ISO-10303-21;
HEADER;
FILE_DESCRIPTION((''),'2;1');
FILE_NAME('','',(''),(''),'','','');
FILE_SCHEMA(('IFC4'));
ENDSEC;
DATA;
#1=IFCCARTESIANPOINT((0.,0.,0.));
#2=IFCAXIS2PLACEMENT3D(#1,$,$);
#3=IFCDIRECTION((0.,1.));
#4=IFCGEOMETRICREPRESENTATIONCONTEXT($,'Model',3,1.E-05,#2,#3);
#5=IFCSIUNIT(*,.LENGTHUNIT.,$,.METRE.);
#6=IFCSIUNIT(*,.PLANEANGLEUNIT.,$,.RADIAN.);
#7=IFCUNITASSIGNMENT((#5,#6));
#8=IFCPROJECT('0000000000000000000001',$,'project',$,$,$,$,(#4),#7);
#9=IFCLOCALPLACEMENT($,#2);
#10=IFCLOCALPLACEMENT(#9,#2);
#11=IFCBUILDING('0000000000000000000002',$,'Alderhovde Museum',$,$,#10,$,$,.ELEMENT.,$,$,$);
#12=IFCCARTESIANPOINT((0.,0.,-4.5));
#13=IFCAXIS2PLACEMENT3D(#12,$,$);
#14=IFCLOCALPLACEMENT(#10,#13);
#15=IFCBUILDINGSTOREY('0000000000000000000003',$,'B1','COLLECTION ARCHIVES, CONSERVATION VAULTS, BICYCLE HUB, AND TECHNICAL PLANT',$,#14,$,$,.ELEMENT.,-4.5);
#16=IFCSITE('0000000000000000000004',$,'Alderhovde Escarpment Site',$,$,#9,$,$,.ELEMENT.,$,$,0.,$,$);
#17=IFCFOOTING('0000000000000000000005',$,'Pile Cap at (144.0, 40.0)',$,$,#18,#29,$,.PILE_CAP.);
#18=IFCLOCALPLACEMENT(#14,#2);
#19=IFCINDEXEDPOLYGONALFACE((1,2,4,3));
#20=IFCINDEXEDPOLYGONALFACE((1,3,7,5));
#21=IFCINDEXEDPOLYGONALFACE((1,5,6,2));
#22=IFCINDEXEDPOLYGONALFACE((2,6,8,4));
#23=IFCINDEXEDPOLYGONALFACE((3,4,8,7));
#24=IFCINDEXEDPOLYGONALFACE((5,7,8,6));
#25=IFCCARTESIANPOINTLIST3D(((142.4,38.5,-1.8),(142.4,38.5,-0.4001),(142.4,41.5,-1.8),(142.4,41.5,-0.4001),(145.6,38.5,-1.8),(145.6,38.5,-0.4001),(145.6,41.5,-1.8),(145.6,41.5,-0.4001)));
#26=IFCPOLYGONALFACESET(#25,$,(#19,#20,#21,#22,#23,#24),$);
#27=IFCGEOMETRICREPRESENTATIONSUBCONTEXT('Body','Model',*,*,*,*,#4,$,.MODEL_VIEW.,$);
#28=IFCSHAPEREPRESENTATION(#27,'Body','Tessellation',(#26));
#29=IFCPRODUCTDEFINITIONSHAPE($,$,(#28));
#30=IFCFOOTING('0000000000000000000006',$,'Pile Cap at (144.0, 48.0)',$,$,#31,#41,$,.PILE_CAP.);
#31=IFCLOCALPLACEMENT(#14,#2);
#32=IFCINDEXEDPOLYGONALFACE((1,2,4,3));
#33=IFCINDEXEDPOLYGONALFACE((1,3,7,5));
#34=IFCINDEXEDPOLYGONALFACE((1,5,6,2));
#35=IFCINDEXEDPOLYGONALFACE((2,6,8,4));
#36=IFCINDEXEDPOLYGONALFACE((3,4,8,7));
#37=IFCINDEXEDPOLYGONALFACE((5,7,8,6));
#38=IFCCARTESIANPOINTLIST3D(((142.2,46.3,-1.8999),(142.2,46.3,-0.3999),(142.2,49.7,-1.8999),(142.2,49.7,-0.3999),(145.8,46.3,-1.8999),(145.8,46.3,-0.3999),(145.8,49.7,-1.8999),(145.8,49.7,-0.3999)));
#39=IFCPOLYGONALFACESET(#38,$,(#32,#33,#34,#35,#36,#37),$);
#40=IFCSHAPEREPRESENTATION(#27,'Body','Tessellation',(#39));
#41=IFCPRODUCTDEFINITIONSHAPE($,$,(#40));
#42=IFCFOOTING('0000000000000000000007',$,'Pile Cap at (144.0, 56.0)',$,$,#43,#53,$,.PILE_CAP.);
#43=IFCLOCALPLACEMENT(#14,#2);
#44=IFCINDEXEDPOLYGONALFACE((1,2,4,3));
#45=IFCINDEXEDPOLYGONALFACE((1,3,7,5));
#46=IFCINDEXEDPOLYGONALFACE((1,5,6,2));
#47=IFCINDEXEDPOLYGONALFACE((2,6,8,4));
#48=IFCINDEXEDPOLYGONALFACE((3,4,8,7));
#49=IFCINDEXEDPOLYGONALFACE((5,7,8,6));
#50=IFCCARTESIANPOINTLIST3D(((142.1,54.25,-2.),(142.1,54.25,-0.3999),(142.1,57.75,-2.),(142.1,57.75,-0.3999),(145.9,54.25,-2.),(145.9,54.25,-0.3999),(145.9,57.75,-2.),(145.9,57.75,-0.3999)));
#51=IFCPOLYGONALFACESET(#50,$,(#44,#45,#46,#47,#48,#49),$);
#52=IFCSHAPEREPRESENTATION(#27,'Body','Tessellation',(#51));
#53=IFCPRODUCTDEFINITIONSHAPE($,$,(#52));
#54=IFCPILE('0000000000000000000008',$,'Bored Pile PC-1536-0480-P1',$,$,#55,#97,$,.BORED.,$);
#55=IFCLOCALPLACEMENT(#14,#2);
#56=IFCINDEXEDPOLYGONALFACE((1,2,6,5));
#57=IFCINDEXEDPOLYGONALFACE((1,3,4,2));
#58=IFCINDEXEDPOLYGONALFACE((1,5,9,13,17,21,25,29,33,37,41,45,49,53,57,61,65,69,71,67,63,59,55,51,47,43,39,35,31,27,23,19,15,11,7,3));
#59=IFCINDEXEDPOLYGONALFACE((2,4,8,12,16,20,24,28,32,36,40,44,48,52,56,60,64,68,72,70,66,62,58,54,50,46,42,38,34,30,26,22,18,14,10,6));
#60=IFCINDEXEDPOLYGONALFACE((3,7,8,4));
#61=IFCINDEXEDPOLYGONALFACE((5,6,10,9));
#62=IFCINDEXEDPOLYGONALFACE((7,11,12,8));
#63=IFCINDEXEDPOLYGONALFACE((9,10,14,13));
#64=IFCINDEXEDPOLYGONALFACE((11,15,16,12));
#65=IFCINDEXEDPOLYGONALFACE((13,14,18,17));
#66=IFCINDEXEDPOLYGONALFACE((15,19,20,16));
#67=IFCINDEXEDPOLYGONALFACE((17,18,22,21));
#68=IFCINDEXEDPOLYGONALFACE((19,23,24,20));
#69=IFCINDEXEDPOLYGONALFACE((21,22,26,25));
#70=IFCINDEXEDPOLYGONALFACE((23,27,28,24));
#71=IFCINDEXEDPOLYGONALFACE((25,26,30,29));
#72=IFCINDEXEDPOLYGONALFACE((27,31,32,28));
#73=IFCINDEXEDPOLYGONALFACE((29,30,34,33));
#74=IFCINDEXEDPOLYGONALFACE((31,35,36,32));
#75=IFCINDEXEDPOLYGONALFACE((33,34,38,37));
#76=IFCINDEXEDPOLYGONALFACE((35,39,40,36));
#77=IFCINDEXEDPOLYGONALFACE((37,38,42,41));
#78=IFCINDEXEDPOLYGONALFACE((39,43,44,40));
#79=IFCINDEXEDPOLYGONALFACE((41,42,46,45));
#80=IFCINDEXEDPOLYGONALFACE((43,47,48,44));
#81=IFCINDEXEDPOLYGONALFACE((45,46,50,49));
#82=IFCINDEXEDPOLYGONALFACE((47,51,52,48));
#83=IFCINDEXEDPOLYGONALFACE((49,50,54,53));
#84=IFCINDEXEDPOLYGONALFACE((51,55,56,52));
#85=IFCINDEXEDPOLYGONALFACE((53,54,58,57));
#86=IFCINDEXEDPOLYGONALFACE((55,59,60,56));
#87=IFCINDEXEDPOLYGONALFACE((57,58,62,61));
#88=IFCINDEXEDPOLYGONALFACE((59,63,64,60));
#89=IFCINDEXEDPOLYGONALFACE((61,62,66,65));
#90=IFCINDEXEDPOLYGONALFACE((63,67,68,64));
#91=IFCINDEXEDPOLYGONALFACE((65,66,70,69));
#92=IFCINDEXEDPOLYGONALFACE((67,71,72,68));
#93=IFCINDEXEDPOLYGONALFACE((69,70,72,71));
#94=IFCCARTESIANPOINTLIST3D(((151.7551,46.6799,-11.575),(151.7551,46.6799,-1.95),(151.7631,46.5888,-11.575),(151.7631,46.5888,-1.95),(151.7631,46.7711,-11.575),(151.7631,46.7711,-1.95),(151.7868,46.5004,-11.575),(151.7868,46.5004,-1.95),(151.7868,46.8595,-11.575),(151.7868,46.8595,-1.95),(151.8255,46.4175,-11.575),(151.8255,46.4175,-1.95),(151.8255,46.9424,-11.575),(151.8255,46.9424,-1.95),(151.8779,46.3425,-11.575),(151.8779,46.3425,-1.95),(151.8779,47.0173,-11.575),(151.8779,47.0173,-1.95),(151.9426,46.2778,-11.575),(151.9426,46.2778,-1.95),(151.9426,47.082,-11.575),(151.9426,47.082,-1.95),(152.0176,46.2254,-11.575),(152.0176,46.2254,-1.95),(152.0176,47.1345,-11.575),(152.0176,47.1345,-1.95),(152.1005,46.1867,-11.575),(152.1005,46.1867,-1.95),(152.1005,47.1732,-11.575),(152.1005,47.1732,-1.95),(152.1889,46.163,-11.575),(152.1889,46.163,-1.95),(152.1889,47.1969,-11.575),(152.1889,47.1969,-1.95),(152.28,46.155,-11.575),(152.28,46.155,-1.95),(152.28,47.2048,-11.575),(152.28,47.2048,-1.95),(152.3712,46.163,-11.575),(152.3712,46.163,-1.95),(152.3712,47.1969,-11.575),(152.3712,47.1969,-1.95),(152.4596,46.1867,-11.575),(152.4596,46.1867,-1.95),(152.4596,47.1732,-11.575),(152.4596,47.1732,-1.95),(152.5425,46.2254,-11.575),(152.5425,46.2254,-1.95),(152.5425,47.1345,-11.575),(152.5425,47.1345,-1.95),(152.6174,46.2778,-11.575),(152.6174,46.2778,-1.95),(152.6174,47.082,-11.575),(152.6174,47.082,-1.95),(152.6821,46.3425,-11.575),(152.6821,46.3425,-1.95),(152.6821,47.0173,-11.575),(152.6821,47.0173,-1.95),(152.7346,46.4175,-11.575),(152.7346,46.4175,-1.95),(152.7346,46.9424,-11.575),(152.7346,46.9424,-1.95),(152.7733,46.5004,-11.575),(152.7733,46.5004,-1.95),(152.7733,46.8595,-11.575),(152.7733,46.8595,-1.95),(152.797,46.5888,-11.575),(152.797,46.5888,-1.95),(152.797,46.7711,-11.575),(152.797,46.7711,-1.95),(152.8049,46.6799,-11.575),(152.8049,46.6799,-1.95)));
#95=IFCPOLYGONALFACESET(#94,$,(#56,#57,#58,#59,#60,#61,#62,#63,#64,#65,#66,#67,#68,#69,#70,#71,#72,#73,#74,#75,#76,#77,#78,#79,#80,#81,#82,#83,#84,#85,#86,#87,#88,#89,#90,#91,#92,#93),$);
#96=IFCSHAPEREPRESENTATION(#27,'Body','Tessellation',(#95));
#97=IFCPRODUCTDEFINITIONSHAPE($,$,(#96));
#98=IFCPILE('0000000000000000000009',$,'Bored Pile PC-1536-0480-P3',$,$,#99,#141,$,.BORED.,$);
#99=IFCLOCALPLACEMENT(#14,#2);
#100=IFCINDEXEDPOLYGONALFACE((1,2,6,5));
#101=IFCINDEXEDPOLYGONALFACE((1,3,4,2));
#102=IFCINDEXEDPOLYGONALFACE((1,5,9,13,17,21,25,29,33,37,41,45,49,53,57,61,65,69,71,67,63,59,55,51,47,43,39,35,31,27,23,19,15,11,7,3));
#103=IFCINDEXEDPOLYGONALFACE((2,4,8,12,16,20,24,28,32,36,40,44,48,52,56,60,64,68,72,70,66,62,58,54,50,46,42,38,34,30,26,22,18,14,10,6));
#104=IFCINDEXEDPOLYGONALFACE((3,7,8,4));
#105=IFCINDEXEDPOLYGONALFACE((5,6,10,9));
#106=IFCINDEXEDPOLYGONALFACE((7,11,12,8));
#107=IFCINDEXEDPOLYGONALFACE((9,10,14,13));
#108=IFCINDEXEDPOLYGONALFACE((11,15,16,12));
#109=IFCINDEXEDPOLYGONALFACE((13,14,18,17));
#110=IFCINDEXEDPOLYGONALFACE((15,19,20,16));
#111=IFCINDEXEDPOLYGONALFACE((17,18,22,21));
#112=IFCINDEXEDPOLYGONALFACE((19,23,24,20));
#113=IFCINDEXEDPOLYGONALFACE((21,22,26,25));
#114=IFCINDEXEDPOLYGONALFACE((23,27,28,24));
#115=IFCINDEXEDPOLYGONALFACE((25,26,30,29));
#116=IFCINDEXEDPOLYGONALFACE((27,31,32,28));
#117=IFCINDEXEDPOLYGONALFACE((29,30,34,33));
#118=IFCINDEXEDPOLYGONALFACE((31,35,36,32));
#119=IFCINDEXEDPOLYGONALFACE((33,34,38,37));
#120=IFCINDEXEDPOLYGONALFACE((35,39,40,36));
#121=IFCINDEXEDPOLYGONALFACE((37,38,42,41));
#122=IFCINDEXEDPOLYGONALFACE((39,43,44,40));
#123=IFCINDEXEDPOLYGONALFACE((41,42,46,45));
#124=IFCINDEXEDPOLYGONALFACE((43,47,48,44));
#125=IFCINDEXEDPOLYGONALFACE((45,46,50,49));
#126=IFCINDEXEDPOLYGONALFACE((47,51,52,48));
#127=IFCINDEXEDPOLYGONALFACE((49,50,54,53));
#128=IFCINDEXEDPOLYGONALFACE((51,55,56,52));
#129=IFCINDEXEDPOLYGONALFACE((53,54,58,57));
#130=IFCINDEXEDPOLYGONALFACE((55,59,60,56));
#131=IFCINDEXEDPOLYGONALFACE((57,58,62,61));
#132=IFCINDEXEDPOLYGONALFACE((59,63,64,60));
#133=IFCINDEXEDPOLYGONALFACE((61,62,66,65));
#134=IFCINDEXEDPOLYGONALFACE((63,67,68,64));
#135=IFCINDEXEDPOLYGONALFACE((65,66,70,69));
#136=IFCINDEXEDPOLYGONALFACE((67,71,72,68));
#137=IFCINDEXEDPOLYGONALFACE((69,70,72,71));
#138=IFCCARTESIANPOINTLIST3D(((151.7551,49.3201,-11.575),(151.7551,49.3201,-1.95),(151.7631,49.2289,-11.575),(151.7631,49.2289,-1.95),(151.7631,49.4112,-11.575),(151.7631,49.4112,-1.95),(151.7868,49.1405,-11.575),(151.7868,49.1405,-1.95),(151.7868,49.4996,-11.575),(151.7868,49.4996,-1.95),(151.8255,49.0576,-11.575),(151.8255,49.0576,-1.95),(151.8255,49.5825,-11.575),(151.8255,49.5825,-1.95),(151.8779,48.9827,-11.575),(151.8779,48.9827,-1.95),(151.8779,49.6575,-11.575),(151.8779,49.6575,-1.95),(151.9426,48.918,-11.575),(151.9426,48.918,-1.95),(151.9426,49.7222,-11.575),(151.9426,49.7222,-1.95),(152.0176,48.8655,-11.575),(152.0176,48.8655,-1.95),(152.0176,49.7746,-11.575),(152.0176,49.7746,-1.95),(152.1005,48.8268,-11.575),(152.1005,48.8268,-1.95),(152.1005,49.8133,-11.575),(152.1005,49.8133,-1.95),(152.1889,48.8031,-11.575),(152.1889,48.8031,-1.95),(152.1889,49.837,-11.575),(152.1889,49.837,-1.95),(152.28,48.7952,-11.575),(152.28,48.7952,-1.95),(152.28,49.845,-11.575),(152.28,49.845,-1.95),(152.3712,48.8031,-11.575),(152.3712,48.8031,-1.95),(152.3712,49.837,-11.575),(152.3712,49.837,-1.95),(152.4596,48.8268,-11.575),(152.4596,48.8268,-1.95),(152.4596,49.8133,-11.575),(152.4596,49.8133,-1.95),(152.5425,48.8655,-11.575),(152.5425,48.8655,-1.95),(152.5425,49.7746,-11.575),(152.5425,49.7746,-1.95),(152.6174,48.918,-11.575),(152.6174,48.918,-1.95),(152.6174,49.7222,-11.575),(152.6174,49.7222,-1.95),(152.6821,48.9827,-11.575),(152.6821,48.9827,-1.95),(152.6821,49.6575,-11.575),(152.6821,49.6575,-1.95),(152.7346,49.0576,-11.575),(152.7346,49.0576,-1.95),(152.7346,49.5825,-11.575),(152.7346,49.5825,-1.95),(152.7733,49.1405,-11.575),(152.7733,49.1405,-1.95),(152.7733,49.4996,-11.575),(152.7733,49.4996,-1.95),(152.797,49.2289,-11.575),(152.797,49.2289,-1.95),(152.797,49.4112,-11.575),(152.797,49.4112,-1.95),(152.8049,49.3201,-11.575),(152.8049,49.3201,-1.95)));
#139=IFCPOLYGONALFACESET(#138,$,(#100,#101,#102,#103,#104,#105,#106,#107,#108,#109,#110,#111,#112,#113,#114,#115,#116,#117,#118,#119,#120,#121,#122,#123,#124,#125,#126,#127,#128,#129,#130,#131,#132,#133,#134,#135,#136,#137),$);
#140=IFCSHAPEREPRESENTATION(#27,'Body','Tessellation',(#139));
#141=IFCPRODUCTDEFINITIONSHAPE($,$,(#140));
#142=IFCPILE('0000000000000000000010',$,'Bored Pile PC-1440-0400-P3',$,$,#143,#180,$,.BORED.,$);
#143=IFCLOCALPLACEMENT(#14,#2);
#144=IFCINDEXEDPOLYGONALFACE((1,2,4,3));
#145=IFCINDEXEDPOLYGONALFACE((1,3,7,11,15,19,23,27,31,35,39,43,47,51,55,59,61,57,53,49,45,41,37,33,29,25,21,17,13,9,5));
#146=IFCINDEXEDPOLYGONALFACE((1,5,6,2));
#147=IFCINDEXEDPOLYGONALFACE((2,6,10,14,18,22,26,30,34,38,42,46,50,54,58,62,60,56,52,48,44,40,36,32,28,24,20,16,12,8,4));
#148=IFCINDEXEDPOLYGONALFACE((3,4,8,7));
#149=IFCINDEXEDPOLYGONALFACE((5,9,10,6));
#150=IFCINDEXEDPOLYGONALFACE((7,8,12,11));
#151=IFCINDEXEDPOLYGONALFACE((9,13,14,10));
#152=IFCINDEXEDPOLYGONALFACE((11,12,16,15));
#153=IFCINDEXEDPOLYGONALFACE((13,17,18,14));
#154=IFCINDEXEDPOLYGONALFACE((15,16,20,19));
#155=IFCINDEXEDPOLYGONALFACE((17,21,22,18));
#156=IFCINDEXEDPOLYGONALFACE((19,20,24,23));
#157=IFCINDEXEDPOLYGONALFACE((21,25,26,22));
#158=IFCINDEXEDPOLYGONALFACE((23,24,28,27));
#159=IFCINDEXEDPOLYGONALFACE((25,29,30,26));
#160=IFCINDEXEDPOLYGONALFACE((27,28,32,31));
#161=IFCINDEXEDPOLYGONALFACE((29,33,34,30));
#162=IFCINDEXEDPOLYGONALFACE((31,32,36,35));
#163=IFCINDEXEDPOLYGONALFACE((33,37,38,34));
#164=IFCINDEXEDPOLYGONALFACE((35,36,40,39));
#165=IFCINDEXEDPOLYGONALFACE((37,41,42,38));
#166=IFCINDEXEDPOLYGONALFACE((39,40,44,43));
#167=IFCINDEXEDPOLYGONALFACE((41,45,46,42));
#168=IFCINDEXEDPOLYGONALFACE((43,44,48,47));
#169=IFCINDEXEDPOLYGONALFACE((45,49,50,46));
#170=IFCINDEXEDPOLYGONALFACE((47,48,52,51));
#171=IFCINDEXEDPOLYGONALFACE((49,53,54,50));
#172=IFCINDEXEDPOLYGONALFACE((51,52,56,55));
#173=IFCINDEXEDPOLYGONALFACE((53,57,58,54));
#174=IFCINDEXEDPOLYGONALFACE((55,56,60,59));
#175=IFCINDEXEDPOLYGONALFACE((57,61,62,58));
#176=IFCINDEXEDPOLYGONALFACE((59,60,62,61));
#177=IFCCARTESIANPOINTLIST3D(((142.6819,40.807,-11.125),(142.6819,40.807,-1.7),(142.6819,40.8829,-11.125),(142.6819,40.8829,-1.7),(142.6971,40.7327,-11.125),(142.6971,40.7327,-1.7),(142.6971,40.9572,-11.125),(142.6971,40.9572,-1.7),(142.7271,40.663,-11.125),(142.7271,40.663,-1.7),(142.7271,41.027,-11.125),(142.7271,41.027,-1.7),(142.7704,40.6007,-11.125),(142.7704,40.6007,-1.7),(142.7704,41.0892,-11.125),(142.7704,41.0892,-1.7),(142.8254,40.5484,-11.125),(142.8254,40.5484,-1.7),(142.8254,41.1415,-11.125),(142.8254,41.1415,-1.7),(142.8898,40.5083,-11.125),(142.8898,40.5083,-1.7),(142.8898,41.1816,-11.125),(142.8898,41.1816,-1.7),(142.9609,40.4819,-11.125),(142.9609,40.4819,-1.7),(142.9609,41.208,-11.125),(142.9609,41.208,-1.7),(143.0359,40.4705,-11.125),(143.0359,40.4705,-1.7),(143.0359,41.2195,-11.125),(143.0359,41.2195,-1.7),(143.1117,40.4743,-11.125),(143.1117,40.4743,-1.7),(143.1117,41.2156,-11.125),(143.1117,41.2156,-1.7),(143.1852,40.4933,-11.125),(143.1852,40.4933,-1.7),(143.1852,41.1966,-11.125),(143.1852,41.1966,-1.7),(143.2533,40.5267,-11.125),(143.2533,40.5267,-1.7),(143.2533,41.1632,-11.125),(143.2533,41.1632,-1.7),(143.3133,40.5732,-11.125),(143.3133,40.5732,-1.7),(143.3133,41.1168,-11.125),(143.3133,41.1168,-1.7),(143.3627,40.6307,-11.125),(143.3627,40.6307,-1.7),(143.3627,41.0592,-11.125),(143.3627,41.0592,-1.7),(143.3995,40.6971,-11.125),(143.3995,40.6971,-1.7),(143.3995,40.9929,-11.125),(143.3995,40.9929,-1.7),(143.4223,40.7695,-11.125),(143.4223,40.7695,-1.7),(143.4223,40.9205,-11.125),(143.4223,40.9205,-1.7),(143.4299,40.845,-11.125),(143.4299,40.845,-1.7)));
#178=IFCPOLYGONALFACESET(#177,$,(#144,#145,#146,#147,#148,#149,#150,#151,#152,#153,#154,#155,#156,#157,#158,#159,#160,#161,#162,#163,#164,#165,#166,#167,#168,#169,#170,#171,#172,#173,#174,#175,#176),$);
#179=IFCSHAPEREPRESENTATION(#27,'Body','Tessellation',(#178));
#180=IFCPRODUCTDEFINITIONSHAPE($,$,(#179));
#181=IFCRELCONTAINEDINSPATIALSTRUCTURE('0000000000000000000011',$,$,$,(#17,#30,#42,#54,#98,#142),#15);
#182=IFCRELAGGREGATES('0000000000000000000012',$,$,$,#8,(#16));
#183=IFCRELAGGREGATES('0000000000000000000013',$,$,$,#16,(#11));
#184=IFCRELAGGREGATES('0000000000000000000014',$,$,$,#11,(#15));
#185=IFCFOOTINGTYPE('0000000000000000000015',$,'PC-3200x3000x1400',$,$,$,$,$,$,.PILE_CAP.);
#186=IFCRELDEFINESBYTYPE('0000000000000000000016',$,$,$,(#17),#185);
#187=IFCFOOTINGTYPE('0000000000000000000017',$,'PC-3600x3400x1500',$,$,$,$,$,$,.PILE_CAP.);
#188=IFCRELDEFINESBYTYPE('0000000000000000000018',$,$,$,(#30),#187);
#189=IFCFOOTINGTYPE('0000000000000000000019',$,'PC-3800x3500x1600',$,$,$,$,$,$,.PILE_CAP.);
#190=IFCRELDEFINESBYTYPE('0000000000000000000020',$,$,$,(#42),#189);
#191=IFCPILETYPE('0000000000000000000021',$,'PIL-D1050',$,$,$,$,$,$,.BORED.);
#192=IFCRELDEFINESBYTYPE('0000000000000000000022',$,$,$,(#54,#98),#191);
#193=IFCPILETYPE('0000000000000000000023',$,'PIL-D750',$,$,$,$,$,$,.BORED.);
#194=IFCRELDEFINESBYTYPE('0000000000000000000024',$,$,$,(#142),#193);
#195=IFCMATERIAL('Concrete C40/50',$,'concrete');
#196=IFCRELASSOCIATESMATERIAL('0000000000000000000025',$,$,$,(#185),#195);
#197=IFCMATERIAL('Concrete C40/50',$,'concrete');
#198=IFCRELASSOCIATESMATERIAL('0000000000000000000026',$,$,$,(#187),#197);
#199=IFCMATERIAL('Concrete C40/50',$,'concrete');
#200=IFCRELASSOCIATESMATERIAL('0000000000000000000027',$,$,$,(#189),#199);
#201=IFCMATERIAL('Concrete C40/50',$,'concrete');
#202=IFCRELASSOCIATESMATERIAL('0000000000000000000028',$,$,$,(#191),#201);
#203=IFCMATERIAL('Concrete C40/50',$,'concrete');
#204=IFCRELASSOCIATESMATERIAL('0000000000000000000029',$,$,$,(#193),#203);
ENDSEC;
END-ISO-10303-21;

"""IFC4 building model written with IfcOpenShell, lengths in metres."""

from ifc_helpers import new_model, si_unit, direction, frame, origin, origin_2d, place, context, subcontext, project, spatial, rectangle, circle, extrude, material, material_profile, profile_set, type_object, element, save


model = new_model("IFC4")

# Units and contexts
model_context = context("Model", 3, precision=1e-05, world=origin(), true_north=direction((0.0, 1.0)))
body_context = subcontext(model_context, "Body", "Model", "MODEL_VIEW")
ifc_project = project(units=[si_unit("LENGTHUNIT", "METRE"), si_unit("PLANEANGLEUNIT", "RADIAN")], contexts=[model_context])

# Site, building, storey
site_placement = place(None, origin())
site = spatial("IfcSite", under=ifc_project, at=site_placement, Name="Alderhovde Escarpment Site", CompositionType="ELEMENT", RefElevation=0.0)
building_placement = place(site_placement, origin())
building = spatial("IfcBuilding", under=site, at=building_placement, Name="Alderhovde Museum", CompositionType="ELEMENT")
storey_placement = place(building_placement, frame((0.0, 0.0, -4.5)))
storey = spatial("IfcBuildingStorey", under=building, at=storey_placement, Name="B1", Description="COLLECTION ARCHIVES, CONSERVATION VAULTS, BICYCLE HUB, AND TECHNICAL PLANT", CompositionType="ELEMENT", Elevation=-4.5)

# Footings
ifc_material_1 = material(Name="Concrete C40/50", Category="concrete")
footing_type_1 = type_object("IfcFootingType", Name="PC-3200x3000x1400", PredefinedType="PILE_CAP", material=ifc_material_1)
footing_1_placement = place(storey_placement, frame((144.0, 40.0, -1.8), z_axis=(0.0, 0.0, 1.0), x_axis=(1.0, 0.0, 0.0)))
element("IfcFooting", 1, at=footing_1_placement, inside=storey, type_object=footing_type_1, Name="Pile Cap at (144.0, 40.0)", PredefinedType="PILE_CAP", context=body_context, shape_type="SweptSolid", body=[
    extrude(rectangle(XDim=3.2, YDim=3.0, at=origin_2d()), origin(), (0.0, 0.0, 1.0), 1.3999),
])
ifc_material_2 = material(Name="Concrete C40/50", Category="concrete")
footing_type_2 = type_object("IfcFootingType", Name="PC-3600x3400x1500", PredefinedType="PILE_CAP", material=ifc_material_2)
footing_2_placement = place(storey_placement, frame((144.0, 48.0, -1.8999), z_axis=(0.0, 0.0, 1.0), x_axis=(1.0, 0.0, 0.0)))
element("IfcFooting", 2, at=footing_2_placement, inside=storey, type_object=footing_type_2, Name="Pile Cap at (144.0, 48.0)", PredefinedType="PILE_CAP", context=body_context, shape_type="SweptSolid", body=[
    extrude(rectangle(XDim=3.6001, YDim=3.3999, at=origin_2d()), origin(), (0.0, 0.0, 1.0), 1.5),
])
ifc_material_3 = material(Name="Concrete C40/50", Category="concrete")
footing_type_3 = type_object("IfcFootingType", Name="PC-3800x3500x1600", PredefinedType="PILE_CAP", material=ifc_material_3)
footing_3_placement = place(storey_placement, frame((144.0, 56.0, -2.0), z_axis=(0.0, 0.0, 1.0), x_axis=(1.0, 0.0, 0.0)))
element("IfcFooting", 3, at=footing_3_placement, inside=storey, type_object=footing_type_3, Name="Pile Cap at (144.0, 56.0)", PredefinedType="PILE_CAP", context=body_context, shape_type="SweptSolid", body=[
    extrude(rectangle(XDim=3.8, YDim=3.5, at=origin_2d()), origin(), (0.0, 0.0, 1.0), 1.6001),
])

# Piles
ifc_material_4 = material(Name="Concrete C40/50", Category="concrete")
ifc_material_profile_1 = material_profile(ifc_material_4, circle(Radius=0.5249, at=origin_2d()), Name="PILE-D1050")
ifc_profile_set_1 = profile_set([ifc_material_profile_1], Name="Concrete C40/50")
pile_type_1 = type_object("IfcPileType", Name="PIL-D1050", PredefinedType="BORED", material=ifc_profile_set_1)
for number, where, z_axis, x_axis, name in (
    (4, (152.28, 46.6799, -1.95), (0.0, 0.0, -1.0), (1.0, 0.0, 0.0), "Bored Pile PC-1536-0480-P1"),
    (5, (152.28, 49.3201, -1.95), (0.0, 0.0, -1.0), (1.0, 0.0, 0.0), "Bored Pile PC-1536-0480-P3"),
):
    element("IfcPile", number, at=place(storey_placement, frame(where, z_axis=z_axis, x_axis=x_axis)), inside=storey, type_object=pile_type_1, Name=name, PredefinedType="BORED", context=body_context, shape_type="SweptSolid", body=[
        extrude(circle(Radius=0.5249, at=origin_2d()), origin(), (0.0, 0.0, 1.0), 9.625),
    ])
ifc_material_5 = material(Name="Concrete C40/50", Category="concrete")
ifc_material_profile_2 = material_profile(ifc_material_5, circle(Radius=0.375, at=origin_2d()), Name="PILE-D750")
ifc_profile_set_2 = profile_set([ifc_material_profile_2], Name="Concrete C40/50")
pile_type_2 = type_object("IfcPileType", Name="PIL-D750", PredefinedType="BORED", material=ifc_profile_set_2)
for number, where, z_axis, x_axis, name in (
    (6, (143.0549, 40.845, -1.7), (0.0, 0.0, -1.0), (1.0, 0.0, 0.0), "Bored Pile PC-1440-0400-P3"),
):
    element("IfcPile", number, at=place(storey_placement, frame(where, z_axis=z_axis, x_axis=x_axis)), inside=storey, type_object=pile_type_2, Name=name, PredefinedType="BORED", context=body_context, shape_type="SweptSolid", body=[
        extrude(circle(Radius=0.375, at=origin_2d()), origin(), (0.0, 0.0, 1.0), 9.425),
    ])

save(model, "model.ifc")
